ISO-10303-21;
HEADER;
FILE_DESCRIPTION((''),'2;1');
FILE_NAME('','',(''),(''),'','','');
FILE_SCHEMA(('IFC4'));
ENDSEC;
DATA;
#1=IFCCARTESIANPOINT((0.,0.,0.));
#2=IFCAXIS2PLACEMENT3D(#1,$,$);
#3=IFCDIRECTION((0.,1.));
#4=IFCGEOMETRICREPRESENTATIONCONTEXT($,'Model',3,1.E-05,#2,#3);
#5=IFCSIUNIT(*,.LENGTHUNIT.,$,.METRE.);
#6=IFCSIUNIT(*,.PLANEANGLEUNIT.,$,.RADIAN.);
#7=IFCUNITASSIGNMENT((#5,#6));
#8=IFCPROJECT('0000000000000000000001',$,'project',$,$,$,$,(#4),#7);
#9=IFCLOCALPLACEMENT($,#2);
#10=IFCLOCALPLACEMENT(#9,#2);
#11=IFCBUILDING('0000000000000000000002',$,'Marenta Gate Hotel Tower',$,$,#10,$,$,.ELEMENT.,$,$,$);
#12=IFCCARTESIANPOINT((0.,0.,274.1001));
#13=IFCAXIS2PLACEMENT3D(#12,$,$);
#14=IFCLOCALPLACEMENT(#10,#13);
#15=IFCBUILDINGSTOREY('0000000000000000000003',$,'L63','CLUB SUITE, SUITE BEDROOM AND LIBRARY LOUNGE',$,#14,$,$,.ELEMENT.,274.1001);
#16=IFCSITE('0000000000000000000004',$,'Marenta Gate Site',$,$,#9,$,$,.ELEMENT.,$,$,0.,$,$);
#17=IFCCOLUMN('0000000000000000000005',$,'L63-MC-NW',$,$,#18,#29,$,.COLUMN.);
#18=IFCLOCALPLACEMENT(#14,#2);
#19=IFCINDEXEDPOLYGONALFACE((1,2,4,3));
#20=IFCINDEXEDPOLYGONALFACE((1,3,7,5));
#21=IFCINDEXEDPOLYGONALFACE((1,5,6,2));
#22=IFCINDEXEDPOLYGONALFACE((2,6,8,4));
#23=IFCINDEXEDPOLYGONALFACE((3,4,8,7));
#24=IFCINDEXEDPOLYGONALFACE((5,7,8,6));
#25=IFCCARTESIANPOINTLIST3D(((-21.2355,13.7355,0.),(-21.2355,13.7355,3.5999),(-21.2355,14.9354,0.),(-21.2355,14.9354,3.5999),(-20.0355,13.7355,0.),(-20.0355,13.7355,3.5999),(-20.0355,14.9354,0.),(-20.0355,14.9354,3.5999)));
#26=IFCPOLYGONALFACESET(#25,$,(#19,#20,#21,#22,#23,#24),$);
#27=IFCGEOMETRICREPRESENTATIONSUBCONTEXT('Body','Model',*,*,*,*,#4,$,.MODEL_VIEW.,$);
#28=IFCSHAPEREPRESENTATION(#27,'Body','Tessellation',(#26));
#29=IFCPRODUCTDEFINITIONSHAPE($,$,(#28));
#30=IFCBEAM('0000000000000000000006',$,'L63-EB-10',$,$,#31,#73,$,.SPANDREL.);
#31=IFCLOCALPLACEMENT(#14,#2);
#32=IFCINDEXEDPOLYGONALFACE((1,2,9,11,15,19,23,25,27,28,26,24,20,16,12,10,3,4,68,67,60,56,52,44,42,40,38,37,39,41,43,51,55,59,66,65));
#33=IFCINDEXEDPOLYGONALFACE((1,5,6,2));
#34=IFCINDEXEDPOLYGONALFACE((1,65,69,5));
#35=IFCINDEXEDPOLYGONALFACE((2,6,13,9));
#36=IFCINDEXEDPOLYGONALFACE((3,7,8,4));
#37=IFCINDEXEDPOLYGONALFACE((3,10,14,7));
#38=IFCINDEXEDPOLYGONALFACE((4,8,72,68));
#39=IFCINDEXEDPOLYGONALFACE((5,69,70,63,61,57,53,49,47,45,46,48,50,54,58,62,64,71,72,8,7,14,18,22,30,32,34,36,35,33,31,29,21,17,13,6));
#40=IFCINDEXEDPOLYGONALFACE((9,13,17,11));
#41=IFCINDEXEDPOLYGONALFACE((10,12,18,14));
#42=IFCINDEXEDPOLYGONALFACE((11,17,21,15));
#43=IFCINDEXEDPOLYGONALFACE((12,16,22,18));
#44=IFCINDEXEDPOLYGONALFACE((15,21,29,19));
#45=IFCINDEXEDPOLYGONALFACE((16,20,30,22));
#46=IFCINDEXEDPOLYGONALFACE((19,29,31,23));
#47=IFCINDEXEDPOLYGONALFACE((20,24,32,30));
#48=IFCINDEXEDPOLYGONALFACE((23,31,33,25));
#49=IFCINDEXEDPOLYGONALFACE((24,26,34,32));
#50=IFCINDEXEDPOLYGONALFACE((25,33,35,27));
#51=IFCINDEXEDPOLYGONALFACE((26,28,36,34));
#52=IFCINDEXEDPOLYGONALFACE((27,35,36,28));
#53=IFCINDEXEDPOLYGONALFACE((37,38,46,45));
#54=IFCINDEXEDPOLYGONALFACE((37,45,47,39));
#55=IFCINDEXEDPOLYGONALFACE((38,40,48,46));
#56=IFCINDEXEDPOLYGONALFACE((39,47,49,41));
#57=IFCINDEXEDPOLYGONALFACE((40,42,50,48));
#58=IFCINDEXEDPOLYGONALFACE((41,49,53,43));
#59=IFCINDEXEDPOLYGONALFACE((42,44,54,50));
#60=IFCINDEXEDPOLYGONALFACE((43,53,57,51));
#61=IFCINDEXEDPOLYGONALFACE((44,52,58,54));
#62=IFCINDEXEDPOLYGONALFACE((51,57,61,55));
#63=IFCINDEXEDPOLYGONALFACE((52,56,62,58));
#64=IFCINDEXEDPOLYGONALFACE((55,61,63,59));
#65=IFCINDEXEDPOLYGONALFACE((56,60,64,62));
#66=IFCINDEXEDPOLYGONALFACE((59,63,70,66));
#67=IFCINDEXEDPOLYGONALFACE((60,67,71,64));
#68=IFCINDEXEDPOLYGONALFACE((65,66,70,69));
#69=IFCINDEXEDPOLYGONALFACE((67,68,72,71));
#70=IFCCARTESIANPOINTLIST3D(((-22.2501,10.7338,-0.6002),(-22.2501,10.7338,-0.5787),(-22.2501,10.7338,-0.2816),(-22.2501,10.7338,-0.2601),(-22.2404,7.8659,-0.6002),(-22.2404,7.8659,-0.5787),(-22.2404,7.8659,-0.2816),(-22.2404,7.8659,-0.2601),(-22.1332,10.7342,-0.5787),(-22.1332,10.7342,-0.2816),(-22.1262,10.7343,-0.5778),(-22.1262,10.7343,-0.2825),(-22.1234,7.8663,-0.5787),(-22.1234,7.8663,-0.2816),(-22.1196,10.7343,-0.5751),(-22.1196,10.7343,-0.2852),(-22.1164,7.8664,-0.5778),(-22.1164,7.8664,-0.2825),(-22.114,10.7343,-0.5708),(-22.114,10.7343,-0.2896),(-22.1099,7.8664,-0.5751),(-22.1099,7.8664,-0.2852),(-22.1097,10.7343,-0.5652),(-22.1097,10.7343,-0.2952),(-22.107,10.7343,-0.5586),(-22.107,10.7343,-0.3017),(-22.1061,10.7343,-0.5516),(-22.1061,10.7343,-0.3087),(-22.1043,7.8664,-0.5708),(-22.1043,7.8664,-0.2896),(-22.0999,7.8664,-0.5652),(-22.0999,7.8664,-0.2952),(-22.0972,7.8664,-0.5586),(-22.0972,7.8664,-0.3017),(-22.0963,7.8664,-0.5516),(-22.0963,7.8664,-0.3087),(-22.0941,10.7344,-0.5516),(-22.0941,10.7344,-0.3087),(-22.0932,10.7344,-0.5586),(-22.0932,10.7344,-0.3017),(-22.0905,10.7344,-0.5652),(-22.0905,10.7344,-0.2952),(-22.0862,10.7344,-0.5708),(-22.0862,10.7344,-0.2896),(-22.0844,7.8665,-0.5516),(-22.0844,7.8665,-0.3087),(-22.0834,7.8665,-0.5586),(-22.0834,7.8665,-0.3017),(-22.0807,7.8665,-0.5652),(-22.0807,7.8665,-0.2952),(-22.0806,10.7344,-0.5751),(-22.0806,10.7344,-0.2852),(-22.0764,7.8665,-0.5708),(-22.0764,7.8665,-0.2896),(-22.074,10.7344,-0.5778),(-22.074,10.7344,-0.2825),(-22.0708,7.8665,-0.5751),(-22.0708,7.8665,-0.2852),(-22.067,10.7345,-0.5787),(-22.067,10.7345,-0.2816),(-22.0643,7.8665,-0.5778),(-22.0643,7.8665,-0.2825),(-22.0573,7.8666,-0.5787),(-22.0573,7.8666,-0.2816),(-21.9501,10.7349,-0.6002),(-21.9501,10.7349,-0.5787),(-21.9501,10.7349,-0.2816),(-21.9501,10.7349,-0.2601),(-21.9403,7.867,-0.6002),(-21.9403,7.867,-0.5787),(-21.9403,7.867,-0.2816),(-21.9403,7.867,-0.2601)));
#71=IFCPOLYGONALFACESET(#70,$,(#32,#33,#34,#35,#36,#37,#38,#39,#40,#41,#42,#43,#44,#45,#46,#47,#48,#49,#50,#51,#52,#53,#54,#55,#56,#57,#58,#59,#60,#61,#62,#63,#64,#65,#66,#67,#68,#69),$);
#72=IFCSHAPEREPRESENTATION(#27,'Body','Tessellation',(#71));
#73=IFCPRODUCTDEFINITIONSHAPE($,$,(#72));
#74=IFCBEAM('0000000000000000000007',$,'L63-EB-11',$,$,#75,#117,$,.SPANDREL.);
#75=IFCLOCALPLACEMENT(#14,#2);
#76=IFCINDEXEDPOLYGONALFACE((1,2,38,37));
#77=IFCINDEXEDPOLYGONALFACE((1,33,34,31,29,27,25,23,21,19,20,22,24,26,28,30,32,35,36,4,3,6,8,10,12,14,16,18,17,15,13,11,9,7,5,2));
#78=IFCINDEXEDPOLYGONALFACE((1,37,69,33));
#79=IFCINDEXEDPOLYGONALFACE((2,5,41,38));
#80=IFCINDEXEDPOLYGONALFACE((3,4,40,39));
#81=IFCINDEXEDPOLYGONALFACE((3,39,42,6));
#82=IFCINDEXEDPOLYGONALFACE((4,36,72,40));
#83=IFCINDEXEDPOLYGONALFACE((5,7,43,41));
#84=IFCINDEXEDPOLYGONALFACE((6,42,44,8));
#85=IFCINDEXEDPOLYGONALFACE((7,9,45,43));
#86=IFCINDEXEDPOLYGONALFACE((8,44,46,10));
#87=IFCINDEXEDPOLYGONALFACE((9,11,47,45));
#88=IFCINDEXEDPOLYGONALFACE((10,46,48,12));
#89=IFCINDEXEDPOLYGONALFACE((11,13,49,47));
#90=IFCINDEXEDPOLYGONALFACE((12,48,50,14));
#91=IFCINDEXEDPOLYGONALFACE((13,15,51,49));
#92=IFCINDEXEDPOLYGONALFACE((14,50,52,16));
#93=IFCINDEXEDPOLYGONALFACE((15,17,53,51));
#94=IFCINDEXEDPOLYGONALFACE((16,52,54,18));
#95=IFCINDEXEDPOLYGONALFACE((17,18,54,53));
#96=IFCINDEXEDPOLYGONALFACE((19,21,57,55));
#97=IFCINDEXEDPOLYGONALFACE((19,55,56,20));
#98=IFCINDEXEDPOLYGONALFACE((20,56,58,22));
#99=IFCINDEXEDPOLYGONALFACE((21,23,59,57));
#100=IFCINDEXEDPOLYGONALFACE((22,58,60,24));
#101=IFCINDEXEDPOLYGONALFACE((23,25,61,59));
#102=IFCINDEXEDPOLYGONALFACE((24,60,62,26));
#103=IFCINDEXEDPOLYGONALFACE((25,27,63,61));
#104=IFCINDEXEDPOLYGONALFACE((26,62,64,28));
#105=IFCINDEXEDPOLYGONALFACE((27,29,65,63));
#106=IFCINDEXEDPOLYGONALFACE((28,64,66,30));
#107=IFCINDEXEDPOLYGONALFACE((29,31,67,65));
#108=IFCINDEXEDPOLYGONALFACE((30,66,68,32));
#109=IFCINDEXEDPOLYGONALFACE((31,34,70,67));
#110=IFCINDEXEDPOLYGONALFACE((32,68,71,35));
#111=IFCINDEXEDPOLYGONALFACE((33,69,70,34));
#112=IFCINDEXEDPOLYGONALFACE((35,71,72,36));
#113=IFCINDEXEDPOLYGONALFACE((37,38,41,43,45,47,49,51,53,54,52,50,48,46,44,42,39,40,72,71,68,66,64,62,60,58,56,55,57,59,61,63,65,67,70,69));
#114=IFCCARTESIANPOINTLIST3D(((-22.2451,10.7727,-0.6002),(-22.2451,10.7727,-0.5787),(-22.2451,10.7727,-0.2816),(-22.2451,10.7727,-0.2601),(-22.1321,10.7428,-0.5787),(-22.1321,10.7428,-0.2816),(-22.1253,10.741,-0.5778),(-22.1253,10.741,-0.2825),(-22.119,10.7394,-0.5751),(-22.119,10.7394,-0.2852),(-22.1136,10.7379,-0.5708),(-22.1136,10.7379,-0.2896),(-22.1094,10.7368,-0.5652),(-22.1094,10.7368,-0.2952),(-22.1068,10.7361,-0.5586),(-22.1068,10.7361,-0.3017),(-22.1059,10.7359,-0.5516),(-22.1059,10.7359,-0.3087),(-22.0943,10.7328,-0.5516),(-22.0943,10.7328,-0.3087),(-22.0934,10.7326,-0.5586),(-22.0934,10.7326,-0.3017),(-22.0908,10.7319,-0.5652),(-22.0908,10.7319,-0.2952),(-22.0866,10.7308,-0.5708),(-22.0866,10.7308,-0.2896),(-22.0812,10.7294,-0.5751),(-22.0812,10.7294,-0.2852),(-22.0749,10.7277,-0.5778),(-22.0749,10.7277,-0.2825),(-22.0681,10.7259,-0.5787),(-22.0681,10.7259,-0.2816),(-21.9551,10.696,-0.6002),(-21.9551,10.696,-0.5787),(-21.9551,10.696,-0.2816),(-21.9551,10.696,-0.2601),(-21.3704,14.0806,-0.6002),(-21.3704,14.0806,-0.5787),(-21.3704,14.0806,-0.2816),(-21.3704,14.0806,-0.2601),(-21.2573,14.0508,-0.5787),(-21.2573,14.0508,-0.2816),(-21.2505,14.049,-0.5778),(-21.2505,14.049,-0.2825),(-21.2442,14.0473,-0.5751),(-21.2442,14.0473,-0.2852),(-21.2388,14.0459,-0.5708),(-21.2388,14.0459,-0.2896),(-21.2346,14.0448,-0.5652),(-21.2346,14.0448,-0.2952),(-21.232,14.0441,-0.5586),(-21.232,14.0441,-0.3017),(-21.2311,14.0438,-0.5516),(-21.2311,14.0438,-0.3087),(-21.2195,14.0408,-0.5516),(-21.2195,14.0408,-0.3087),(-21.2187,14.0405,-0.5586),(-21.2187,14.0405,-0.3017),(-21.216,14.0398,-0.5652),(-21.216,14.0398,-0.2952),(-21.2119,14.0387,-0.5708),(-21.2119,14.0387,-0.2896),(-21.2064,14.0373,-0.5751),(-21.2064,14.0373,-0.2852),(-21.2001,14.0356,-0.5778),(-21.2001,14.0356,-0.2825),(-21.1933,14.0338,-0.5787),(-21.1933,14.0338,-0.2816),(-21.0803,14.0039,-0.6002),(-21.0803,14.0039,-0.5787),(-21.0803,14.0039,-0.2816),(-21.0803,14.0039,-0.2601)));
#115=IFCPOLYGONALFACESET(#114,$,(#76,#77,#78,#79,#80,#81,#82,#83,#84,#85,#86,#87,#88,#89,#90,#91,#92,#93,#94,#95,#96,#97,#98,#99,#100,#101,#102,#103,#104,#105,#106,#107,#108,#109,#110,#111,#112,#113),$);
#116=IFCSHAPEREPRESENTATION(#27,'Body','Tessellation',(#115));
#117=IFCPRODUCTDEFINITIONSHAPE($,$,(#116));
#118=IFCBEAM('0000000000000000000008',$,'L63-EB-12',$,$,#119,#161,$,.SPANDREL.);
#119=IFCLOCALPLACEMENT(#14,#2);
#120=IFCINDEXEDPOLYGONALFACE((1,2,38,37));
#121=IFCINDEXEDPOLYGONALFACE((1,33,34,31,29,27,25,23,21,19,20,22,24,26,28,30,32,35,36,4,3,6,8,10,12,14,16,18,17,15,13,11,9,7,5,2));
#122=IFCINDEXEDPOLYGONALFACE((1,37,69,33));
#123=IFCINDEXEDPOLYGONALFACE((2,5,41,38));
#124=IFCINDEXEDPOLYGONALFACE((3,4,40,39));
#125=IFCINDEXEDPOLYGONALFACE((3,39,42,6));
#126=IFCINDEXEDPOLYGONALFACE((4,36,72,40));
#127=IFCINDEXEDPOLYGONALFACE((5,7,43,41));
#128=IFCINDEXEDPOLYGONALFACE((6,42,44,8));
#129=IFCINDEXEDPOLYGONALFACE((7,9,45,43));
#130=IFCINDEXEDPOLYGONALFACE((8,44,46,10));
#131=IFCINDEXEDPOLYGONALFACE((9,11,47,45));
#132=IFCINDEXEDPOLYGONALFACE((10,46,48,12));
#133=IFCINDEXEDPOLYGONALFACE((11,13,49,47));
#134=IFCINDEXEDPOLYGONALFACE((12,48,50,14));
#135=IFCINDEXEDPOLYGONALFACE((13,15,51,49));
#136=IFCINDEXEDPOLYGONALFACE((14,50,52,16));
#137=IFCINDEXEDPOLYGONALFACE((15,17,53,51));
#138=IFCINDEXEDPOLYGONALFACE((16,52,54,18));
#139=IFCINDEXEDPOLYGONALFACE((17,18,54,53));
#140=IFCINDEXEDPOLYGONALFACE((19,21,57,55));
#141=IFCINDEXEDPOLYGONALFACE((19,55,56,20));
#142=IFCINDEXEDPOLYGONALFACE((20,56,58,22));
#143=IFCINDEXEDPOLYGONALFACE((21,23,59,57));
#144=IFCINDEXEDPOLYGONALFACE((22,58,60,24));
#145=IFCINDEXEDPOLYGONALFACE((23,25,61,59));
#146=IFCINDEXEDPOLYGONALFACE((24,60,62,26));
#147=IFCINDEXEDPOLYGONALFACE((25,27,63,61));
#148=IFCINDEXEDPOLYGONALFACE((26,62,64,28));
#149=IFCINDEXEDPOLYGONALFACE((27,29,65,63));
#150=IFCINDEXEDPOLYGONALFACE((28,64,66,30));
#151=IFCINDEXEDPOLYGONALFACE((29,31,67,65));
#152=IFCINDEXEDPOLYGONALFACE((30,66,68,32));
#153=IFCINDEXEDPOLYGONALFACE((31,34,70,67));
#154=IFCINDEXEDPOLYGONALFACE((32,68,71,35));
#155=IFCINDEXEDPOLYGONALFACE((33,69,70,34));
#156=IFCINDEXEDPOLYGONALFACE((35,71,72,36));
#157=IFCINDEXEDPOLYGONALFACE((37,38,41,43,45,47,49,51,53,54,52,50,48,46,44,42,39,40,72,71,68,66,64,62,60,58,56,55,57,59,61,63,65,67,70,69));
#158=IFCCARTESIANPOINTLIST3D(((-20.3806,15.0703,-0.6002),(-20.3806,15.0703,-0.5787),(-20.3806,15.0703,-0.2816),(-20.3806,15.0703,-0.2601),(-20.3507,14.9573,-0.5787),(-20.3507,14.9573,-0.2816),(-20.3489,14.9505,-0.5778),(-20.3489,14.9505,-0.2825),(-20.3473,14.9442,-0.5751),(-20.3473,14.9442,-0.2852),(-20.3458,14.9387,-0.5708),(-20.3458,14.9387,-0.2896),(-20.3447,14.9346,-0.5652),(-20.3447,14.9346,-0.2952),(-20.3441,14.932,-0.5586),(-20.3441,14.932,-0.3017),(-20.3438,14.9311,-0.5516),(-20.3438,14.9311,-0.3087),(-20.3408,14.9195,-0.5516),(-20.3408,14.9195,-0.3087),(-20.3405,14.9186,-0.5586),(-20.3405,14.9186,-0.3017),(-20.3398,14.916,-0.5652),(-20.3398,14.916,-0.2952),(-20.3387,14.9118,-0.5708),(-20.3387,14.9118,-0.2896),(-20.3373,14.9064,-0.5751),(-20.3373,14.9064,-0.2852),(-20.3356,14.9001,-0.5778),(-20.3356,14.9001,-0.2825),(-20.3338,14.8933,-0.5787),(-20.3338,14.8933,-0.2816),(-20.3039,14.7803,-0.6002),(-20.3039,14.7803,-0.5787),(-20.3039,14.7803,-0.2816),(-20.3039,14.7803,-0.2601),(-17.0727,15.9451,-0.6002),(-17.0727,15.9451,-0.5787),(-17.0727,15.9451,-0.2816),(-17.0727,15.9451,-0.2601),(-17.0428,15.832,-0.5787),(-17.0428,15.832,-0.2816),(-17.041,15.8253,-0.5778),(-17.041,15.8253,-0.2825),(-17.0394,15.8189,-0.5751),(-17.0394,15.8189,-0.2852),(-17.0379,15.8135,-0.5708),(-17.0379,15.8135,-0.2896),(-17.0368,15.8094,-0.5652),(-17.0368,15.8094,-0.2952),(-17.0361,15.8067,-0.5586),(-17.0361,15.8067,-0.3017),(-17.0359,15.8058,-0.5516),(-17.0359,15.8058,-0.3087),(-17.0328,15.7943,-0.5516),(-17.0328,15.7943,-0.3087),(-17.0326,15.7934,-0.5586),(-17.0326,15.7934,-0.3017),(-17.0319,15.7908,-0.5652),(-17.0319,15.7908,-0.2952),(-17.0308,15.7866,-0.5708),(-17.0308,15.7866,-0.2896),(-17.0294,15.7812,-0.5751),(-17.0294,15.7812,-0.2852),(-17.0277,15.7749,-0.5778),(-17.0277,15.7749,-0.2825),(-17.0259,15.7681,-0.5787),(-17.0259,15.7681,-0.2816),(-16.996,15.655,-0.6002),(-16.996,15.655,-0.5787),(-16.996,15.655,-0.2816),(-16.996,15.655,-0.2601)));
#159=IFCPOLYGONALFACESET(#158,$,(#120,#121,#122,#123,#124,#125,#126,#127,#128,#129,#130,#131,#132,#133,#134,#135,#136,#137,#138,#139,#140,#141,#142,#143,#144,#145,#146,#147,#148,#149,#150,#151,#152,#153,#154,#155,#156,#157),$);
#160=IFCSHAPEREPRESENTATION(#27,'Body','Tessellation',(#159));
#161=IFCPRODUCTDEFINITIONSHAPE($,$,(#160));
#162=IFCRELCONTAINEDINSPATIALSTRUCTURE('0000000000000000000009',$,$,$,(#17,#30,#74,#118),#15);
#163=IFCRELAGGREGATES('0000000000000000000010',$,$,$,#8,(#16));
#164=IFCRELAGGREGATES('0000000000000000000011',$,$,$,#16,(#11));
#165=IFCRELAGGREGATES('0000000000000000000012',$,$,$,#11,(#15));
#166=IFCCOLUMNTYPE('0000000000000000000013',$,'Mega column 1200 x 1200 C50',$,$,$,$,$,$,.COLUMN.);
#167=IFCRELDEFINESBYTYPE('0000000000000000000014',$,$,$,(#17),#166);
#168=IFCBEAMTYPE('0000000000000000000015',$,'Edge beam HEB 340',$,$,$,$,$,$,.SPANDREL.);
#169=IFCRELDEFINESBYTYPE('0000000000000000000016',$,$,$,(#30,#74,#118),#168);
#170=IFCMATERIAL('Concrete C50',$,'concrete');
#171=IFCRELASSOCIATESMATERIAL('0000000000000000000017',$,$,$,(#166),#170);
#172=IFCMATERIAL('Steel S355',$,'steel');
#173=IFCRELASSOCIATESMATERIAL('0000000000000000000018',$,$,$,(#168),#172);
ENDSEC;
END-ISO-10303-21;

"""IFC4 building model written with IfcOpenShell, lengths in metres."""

from ifc_helpers import new_model, si_unit, direction, frame, origin, origin_2d, place, context, subcontext, project, spatial, rectangle, i_section, extrude, material, material_profile, profile_set, type_object, element, save


model = new_model("IFC4")

# Units and contexts
model_context = context("Model", 3, precision=1e-05, world=origin(), true_north=direction((0.0, 1.0)))
body_context = subcontext(model_context, "Body", "Model", "MODEL_VIEW")
ifc_project = project(units=[si_unit("LENGTHUNIT", "METRE"), si_unit("PLANEANGLEUNIT", "RADIAN")], contexts=[model_context])

# Site, building, storey
site_placement = place(None, origin())
site = spatial("IfcSite", under=ifc_project, at=site_placement, Name="Marenta Gate Site", CompositionType="ELEMENT", RefElevation=0.0)
building_placement = place(site_placement, origin())
building = spatial("IfcBuilding", under=site, at=building_placement, Name="Marenta Gate Hotel Tower", CompositionType="ELEMENT")
storey_placement = place(building_placement, frame((0.0, 0.0, 274.1001)))
storey = spatial("IfcBuildingStorey", under=building, at=storey_placement, Name="L63", Description="CLUB SUITE, SUITE BEDROOM AND LIBRARY LOUNGE", CompositionType="ELEMENT", Elevation=274.1001)

# Column
ifc_material_1 = material(Name="Concrete C50", Category="concrete")
ifc_material_profile_1 = material_profile(ifc_material_1, rectangle(XDim=1.2, YDim=1.2, at=origin_2d()), Name="1200 x 1200")
ifc_profile_set_1 = profile_set([ifc_material_profile_1], Name="Concrete C50")
column_type = type_object("IfcColumnType", Name="Mega column 1200 x 1200 C50", PredefinedType="COLUMN", material=ifc_profile_set_1)
column_placement = place(storey_placement, frame((-20.6355, 14.3354, 0.0), z_axis=(0.0, 0.0, 1.0), x_axis=(1.0, 0.0, 0.0)))
element("IfcColumn", 1, at=column_placement, inside=storey, type_object=column_type, Name="L63-MC-NW", PredefinedType="COLUMN", context=body_context, shape_type="SweptSolid", body=[
    extrude(rectangle(XDim=1.2, YDim=1.2, at=origin_2d()), origin(), (0.0, 0.0, 1.0), 3.5999),
])

# Beams
ifc_material_2 = material(Name="Steel S355", Category="steel")
ifc_material_profile_2 = material_profile(ifc_material_2, i_section(OverallWidth=0.3, OverallDepth=0.3401, WebThickness=0.012, FlangeThickness=0.0215, FilletRadius=0.0271, at=origin_2d()), Name="HEB 340")
ifc_profile_set_2 = profile_set([ifc_material_profile_2], Name="Steel S355")
beam_type_1 = type_object("IfcBeamType", Name="Edge beam HEB 340", PredefinedType="SPANDREL", material=ifc_profile_set_2)
beam_1_placement = place(storey_placement, frame((-22.0903, 7.8665, -0.4302), z_axis=(-0.003405, 0.999994, 0.0), x_axis=(-0.999994, -0.003405, 0.0)))
element("IfcBeam", 2, at=beam_1_placement, inside=storey, type_object=beam_type_1, Name="L63-EB-10", PredefinedType="SPANDREL", context=body_context, shape_type="SweptSolid", body=[
    extrude(i_section(OverallWidth=0.3, OverallDepth=0.3401, WebThickness=0.012, FlangeThickness=0.0215, FilletRadius=0.0271, at=origin_2d()), origin(), (0.0, 0.0, 1.0), 2.8679),
])
for number, where, z_axis, x_axis, name in (
    (3, (-22.1001, 10.7344, -0.4302), (0.255659, 0.966767, 0.0), (-0.966767, 0.255659, 0.0), "L63-EB-11"),
    (4, (-20.3423, 14.9253, -0.4302), (0.966767, 0.255659, 0.0), (-0.255659, 0.966767, 0.0), "L63-EB-12"),
):
    element("IfcBeam", number, at=place(storey_placement, frame(where, z_axis=z_axis, x_axis=x_axis)), inside=storey, type_object=beam_type_1, Name=name, PredefinedType="SPANDREL", context=body_context, shape_type="SweptSolid", body=[
        extrude(i_section(OverallWidth=0.3, OverallDepth=0.3401, WebThickness=0.012, FlangeThickness=0.0215, FilletRadius=0.0271, at=origin_2d()), origin(), (0.0, 0.0, 1.0), 3.4216),
    ])

save(model, "model.ifc")
